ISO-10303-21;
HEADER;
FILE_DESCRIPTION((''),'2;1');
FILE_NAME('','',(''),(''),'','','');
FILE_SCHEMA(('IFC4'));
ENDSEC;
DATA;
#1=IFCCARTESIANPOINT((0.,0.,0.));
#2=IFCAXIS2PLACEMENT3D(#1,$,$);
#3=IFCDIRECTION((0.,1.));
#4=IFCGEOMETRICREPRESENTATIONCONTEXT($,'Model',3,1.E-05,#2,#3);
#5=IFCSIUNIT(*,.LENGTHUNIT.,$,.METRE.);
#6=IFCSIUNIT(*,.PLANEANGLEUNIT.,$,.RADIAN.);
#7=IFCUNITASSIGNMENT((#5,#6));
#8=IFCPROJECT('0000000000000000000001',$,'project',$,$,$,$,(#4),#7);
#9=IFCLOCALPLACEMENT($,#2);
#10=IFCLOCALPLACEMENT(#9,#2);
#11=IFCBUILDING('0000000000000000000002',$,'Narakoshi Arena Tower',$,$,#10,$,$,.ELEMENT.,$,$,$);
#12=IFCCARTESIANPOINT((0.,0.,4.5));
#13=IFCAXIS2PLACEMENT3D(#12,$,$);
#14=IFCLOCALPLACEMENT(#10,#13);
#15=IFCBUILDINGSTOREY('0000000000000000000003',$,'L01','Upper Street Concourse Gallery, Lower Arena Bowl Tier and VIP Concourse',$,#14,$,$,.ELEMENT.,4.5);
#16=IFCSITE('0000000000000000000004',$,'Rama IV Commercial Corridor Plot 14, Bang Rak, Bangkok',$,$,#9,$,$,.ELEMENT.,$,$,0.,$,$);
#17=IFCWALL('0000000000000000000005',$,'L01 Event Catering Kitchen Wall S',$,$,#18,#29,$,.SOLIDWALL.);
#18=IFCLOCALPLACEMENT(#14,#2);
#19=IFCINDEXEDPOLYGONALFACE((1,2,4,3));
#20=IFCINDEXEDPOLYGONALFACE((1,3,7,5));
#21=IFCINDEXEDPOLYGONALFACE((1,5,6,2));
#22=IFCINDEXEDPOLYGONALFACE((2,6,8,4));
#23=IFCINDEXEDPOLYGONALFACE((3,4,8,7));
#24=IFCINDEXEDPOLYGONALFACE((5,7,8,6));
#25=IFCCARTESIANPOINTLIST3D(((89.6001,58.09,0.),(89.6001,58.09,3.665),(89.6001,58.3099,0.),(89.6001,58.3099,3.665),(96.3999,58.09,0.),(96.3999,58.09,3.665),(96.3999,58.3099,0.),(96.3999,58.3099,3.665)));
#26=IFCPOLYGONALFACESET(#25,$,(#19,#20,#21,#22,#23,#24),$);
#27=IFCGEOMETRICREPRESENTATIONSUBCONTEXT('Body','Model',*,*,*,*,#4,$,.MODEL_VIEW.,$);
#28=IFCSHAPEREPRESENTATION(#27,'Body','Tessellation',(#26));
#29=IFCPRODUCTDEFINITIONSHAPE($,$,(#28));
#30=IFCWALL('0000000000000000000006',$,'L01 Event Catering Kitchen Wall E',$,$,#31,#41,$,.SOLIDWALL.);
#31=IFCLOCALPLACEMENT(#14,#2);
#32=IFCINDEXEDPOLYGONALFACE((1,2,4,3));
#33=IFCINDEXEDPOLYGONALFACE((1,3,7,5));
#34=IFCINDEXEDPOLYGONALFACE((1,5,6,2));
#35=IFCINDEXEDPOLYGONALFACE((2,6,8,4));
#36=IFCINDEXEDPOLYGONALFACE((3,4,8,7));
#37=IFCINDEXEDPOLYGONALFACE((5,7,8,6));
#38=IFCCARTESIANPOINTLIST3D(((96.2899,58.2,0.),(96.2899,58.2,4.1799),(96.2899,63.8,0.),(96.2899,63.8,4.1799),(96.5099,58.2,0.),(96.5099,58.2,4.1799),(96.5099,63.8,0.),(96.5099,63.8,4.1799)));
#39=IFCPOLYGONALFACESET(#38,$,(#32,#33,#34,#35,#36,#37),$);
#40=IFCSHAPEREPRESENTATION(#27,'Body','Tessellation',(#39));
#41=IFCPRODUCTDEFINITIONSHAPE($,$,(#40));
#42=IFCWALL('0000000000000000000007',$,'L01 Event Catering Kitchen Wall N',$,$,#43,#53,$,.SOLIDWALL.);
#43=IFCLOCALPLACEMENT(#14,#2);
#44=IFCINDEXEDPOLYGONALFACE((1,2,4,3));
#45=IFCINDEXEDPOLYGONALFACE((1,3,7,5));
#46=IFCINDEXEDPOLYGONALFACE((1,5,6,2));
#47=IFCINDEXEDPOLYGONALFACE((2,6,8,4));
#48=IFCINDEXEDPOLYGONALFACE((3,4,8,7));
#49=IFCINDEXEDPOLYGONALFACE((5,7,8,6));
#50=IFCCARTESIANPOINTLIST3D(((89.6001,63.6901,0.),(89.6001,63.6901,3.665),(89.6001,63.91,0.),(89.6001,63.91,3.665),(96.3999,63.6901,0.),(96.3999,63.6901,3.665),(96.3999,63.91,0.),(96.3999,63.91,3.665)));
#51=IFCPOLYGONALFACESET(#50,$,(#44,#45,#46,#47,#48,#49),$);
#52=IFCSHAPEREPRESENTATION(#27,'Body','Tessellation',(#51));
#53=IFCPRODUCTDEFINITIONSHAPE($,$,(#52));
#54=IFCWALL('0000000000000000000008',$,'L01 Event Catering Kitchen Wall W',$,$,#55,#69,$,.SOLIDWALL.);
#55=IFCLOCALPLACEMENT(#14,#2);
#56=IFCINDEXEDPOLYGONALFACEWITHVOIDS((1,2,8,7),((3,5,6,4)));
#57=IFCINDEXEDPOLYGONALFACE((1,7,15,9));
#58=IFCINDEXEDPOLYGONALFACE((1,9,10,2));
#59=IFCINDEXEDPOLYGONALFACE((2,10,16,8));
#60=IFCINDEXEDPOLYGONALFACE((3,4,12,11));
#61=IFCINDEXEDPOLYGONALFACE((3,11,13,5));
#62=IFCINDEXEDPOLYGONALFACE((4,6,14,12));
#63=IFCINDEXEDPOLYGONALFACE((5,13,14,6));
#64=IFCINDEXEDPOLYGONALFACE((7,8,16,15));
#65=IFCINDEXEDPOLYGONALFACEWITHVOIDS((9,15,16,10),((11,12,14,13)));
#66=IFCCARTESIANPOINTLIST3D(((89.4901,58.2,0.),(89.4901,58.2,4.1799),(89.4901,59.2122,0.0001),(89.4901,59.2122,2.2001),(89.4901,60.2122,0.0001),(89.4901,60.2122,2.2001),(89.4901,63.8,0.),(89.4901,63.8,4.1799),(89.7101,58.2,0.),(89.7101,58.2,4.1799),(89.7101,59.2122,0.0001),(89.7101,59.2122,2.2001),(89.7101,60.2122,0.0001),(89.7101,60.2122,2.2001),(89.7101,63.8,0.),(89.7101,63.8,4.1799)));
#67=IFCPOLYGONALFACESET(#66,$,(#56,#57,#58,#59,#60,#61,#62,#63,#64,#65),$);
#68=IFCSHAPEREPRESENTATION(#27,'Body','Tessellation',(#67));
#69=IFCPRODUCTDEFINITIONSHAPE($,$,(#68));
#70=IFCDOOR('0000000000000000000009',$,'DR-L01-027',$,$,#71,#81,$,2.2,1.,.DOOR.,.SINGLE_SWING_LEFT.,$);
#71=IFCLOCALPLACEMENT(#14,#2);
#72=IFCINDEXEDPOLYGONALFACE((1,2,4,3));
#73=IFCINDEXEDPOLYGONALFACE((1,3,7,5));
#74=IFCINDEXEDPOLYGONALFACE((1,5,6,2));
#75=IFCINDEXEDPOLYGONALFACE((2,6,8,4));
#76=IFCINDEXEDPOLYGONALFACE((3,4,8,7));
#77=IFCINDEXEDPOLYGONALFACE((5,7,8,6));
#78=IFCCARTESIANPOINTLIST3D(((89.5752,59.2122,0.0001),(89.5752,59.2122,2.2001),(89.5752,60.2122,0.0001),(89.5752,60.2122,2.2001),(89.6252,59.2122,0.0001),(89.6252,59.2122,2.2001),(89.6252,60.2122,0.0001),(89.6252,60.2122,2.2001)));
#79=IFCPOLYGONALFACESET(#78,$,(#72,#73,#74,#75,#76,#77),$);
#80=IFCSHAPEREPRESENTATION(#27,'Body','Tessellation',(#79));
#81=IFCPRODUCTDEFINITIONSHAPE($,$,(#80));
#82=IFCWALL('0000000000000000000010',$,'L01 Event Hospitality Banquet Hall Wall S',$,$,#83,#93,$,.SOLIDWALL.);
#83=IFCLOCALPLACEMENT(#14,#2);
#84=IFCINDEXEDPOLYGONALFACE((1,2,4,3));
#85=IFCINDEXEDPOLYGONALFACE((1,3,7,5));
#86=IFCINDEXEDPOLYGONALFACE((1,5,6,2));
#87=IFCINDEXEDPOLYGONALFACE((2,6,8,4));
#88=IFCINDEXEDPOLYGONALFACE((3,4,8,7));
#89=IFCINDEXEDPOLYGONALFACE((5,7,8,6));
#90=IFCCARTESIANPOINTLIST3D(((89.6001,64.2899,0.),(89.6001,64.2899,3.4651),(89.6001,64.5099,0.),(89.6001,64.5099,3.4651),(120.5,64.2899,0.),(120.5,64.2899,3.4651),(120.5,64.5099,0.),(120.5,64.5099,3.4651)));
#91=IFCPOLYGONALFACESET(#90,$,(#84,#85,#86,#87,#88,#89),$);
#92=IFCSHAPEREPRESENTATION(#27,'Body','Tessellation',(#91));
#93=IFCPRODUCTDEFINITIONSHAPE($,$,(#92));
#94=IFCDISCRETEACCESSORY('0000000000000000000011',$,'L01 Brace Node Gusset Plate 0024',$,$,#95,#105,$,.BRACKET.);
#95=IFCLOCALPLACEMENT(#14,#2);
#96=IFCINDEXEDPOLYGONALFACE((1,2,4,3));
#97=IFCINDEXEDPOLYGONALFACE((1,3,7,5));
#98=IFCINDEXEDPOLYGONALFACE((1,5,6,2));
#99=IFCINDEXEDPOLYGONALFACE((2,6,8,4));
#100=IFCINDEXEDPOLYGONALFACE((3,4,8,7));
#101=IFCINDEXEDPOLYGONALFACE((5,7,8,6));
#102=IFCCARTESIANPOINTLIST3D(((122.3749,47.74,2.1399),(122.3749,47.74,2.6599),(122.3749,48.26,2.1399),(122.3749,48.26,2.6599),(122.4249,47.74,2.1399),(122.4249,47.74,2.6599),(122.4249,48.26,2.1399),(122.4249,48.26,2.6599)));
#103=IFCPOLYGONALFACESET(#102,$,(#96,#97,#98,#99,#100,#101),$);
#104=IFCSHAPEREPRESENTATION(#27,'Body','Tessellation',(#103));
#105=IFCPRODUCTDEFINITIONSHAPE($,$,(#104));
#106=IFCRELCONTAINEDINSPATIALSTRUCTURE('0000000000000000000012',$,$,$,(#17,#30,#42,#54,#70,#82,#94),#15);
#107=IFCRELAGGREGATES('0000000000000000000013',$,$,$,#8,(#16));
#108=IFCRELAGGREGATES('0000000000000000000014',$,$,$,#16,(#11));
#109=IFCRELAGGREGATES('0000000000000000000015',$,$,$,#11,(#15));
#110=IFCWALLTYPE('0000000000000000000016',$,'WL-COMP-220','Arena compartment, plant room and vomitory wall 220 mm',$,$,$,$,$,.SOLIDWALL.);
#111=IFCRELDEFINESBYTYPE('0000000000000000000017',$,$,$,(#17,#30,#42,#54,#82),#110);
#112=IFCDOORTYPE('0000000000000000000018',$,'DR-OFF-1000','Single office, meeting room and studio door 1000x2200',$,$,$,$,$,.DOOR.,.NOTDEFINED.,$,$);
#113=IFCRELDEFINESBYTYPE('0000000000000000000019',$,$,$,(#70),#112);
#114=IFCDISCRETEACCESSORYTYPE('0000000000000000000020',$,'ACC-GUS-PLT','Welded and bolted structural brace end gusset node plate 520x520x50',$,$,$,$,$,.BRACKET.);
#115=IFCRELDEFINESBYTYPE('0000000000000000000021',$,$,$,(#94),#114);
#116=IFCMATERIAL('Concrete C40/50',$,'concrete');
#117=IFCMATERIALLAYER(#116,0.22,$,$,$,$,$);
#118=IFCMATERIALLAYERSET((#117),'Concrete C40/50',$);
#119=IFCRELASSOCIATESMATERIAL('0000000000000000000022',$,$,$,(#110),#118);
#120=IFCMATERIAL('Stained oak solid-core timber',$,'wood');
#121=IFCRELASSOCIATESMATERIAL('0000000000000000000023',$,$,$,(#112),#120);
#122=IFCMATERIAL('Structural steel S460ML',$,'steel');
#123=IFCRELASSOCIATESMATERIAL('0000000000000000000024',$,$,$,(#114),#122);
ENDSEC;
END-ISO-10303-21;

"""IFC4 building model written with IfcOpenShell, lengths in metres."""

from ifc_helpers import new_model, si_unit, direction, frame, frame_2d, origin, origin_2d, place, context, subcontext, project, spatial, rectangle, extrude, material, layer, layer_set, type_object, element, fill, save


model = new_model("IFC4")

# Units and contexts
model_context = context("Model", 3, precision=1e-05, world=origin(), true_north=direction((0.0, 1.0)))
body_context = subcontext(model_context, "Body", "Model", "MODEL_VIEW")
ifc_project = project(units=[si_unit("LENGTHUNIT", "METRE"), si_unit("PLANEANGLEUNIT", "RADIAN")], contexts=[model_context])

# Site, building, storey
site_placement = place(None, origin())
site = spatial("IfcSite", under=ifc_project, at=site_placement, Name="Rama IV Commercial Corridor Plot 14, Bang Rak, Bangkok", CompositionType="ELEMENT", RefElevation=0.0)
building_placement = place(site_placement, origin())
building = spatial("IfcBuilding", under=site, at=building_placement, Name="Narakoshi Arena Tower", CompositionType="ELEMENT")
storey_placement = place(building_placement, frame((0.0, 0.0, 4.5)))
storey = spatial("IfcBuildingStorey", under=building, at=storey_placement, Name="L01", Description="Upper Street Concourse Gallery, Lower Arena Bowl Tier and VIP Concourse", CompositionType="ELEMENT", Elevation=4.5)

# Walls
ifc_material_1 = material(Name="Concrete C40/50", Category="concrete")
ifc_layer = layer(ifc_material_1, 0.22)
ifc_layer_set = layer_set([ifc_layer], Name="Concrete C40/50")
wall_type = type_object("IfcWallType", Name="WL-COMP-220", Description="Arena compartment, plant room and vomitory wall 220 mm", PredefinedType="SOLIDWALL", material=ifc_layer_set)
wall_1_placement = place(storey_placement, frame((89.6001, 58.2, 0.0), z_axis=(0.0, 0.0, 1.0), x_axis=(1.0, 0.0, 0.0)))
element("IfcWall", 1, at=wall_1_placement, inside=storey, type_object=wall_type, Name="L01 Event Catering Kitchen Wall S", PredefinedType="SOLIDWALL", context=body_context, shape_type="SweptSolid", body=[
    extrude(rectangle(XDim=6.7998, YDim=0.22, at=frame_2d((3.3999, 0.0))), origin(), (0.0, 0.0, 1.0), 3.665),
])
wall_2_placement = place(storey_placement, frame((96.3999, 58.2, 0.0), z_axis=(0.0, 0.0, 1.0), x_axis=(0.0, 1.0, 0.0)))
element("IfcWall", 2, at=wall_2_placement, inside=storey, type_object=wall_type, Name="L01 Event Catering Kitchen Wall E", PredefinedType="SOLIDWALL", context=body_context, shape_type="SweptSolid", body=[
    extrude(rectangle(XDim=5.6001, YDim=0.22, at=frame_2d((2.8, 0.0))), origin(), (0.0, 0.0, 1.0), 4.1799),
])
wall_3_placement = place(storey_placement, frame((96.3999, 63.8, 0.0), z_axis=(0.0, 0.0, 1.0), x_axis=(-1.0, 0.0, 0.0)))
element("IfcWall", 3, at=wall_3_placement, inside=storey, type_object=wall_type, Name="L01 Event Catering Kitchen Wall N", PredefinedType="SOLIDWALL", context=body_context, shape_type="SweptSolid", body=[
    extrude(rectangle(XDim=6.7998, YDim=0.22, at=frame_2d((3.3999, 0.0))), origin(), (0.0, 0.0, 1.0), 3.665),
])

# Wall, opening, door
wall_4_placement = place(storey_placement, frame((89.6001, 63.8, 0.0), z_axis=(0.0, 0.0, 1.0), x_axis=(0.0, -1.0, 0.0)))
wall_4 = element("IfcWall", 4, at=wall_4_placement, inside=storey, type_object=wall_type, Name="L01 Event Catering Kitchen Wall W", PredefinedType="SOLIDWALL", context=body_context, shape_type="SweptSolid", body=[
    extrude(rectangle(XDim=5.6001, YDim=0.22, at=frame_2d((2.8, 0.0))), origin(), (0.0, 0.0, 1.0), 4.1799),
])
opening_placement = place(wall_4_placement, frame((3.5879, 0.0, 0.0)))
opening = element("IfcOpeningElement", 5, at=opening_placement, cuts=wall_4, PredefinedType="OPENING", context=body_context, shape_type="SweptSolid", body=[
    extrude(rectangle(XDim=1.0, YDim=2.2, at=frame_2d((0.5, 1.1001))), frame((0.0, 0.1199, 0.0), z_axis=(0.0, -1.0, 0.0), x_axis=(1.0, 0.0, 0.0)), (0.0, 0.0, 1.0), 0.24),
])
ifc_material_2 = material(Name="Stained oak solid-core timber", Category="wood")
door_type = type_object("IfcDoorType", Name="DR-OFF-1000", Description="Single office, meeting room and studio door 1000x2200", OperationType="NOTDEFINED", PredefinedType="DOOR", material=ifc_material_2)
door_placement = place(opening_placement, frame((1.0, 0.0, 0.0), z_axis=(0.0, 0.0, 1.0), x_axis=(-1.0, 0.0, 0.0)))
door = element("IfcDoor", 6, at=door_placement, inside=storey, type_object=door_type, Name="DR-L01-027", OperationType="SINGLE_SWING_LEFT", OverallHeight=2.2, OverallWidth=1.0, PredefinedType="DOOR", context=body_context, shape_type="SweptSolid", body=[
    extrude(rectangle(XDim=1.0, YDim=2.2, at=frame_2d((0.5, 1.1001))), frame((0.0, 0.0249, 0.0), z_axis=(0.0, -1.0, 0.0), x_axis=(1.0, 0.0, 0.0)), (0.0, 0.0, 1.0), 0.05),
])
fill(opening, door)

# Wall
wall_5_placement = place(storey_placement, frame((89.6001, 64.3999, 0.0), z_axis=(0.0, 0.0, 1.0), x_axis=(1.0, 0.0, 0.0)))
element("IfcWall", 7, at=wall_5_placement, inside=storey, type_object=wall_type, Name="L01 Event Hospitality Banquet Hall Wall S", PredefinedType="SOLIDWALL", context=body_context, shape_type="SweptSolid", body=[
    extrude(rectangle(XDim=30.8999, YDim=0.22, at=frame_2d((15.45, 0.0))), origin(), (0.0, 0.0, 1.0), 3.4651),
])

# Discrete accessory
ifc_material_3 = material(Name="Structural steel S460ML", Category="steel")
discrete_accessory_type = type_object("IfcDiscreteAccessoryType", Name="ACC-GUS-PLT", Description="Welded and bolted structural brace end gusset node plate 520x520x50", PredefinedType="BRACKET", material=ifc_material_3)
discrete_accessory_placement = place(storey_placement, frame((122.3999, 48.0, 2.1399), z_axis=(0.0, 0.0, 1.0), x_axis=(0.0, 1.0, 0.0)))
element("IfcDiscreteAccessory", 8, at=discrete_accessory_placement, inside=storey, type_object=discrete_accessory_type, Name="L01 Brace Node Gusset Plate 0024", PredefinedType="BRACKET", context=body_context, shape_type="SweptSolid", body=[
    extrude(rectangle(XDim=0.52, YDim=0.05, at=origin_2d()), origin(), (0.0, 0.0, 1.0), 0.52),
])

save(model, "model.ifc")
